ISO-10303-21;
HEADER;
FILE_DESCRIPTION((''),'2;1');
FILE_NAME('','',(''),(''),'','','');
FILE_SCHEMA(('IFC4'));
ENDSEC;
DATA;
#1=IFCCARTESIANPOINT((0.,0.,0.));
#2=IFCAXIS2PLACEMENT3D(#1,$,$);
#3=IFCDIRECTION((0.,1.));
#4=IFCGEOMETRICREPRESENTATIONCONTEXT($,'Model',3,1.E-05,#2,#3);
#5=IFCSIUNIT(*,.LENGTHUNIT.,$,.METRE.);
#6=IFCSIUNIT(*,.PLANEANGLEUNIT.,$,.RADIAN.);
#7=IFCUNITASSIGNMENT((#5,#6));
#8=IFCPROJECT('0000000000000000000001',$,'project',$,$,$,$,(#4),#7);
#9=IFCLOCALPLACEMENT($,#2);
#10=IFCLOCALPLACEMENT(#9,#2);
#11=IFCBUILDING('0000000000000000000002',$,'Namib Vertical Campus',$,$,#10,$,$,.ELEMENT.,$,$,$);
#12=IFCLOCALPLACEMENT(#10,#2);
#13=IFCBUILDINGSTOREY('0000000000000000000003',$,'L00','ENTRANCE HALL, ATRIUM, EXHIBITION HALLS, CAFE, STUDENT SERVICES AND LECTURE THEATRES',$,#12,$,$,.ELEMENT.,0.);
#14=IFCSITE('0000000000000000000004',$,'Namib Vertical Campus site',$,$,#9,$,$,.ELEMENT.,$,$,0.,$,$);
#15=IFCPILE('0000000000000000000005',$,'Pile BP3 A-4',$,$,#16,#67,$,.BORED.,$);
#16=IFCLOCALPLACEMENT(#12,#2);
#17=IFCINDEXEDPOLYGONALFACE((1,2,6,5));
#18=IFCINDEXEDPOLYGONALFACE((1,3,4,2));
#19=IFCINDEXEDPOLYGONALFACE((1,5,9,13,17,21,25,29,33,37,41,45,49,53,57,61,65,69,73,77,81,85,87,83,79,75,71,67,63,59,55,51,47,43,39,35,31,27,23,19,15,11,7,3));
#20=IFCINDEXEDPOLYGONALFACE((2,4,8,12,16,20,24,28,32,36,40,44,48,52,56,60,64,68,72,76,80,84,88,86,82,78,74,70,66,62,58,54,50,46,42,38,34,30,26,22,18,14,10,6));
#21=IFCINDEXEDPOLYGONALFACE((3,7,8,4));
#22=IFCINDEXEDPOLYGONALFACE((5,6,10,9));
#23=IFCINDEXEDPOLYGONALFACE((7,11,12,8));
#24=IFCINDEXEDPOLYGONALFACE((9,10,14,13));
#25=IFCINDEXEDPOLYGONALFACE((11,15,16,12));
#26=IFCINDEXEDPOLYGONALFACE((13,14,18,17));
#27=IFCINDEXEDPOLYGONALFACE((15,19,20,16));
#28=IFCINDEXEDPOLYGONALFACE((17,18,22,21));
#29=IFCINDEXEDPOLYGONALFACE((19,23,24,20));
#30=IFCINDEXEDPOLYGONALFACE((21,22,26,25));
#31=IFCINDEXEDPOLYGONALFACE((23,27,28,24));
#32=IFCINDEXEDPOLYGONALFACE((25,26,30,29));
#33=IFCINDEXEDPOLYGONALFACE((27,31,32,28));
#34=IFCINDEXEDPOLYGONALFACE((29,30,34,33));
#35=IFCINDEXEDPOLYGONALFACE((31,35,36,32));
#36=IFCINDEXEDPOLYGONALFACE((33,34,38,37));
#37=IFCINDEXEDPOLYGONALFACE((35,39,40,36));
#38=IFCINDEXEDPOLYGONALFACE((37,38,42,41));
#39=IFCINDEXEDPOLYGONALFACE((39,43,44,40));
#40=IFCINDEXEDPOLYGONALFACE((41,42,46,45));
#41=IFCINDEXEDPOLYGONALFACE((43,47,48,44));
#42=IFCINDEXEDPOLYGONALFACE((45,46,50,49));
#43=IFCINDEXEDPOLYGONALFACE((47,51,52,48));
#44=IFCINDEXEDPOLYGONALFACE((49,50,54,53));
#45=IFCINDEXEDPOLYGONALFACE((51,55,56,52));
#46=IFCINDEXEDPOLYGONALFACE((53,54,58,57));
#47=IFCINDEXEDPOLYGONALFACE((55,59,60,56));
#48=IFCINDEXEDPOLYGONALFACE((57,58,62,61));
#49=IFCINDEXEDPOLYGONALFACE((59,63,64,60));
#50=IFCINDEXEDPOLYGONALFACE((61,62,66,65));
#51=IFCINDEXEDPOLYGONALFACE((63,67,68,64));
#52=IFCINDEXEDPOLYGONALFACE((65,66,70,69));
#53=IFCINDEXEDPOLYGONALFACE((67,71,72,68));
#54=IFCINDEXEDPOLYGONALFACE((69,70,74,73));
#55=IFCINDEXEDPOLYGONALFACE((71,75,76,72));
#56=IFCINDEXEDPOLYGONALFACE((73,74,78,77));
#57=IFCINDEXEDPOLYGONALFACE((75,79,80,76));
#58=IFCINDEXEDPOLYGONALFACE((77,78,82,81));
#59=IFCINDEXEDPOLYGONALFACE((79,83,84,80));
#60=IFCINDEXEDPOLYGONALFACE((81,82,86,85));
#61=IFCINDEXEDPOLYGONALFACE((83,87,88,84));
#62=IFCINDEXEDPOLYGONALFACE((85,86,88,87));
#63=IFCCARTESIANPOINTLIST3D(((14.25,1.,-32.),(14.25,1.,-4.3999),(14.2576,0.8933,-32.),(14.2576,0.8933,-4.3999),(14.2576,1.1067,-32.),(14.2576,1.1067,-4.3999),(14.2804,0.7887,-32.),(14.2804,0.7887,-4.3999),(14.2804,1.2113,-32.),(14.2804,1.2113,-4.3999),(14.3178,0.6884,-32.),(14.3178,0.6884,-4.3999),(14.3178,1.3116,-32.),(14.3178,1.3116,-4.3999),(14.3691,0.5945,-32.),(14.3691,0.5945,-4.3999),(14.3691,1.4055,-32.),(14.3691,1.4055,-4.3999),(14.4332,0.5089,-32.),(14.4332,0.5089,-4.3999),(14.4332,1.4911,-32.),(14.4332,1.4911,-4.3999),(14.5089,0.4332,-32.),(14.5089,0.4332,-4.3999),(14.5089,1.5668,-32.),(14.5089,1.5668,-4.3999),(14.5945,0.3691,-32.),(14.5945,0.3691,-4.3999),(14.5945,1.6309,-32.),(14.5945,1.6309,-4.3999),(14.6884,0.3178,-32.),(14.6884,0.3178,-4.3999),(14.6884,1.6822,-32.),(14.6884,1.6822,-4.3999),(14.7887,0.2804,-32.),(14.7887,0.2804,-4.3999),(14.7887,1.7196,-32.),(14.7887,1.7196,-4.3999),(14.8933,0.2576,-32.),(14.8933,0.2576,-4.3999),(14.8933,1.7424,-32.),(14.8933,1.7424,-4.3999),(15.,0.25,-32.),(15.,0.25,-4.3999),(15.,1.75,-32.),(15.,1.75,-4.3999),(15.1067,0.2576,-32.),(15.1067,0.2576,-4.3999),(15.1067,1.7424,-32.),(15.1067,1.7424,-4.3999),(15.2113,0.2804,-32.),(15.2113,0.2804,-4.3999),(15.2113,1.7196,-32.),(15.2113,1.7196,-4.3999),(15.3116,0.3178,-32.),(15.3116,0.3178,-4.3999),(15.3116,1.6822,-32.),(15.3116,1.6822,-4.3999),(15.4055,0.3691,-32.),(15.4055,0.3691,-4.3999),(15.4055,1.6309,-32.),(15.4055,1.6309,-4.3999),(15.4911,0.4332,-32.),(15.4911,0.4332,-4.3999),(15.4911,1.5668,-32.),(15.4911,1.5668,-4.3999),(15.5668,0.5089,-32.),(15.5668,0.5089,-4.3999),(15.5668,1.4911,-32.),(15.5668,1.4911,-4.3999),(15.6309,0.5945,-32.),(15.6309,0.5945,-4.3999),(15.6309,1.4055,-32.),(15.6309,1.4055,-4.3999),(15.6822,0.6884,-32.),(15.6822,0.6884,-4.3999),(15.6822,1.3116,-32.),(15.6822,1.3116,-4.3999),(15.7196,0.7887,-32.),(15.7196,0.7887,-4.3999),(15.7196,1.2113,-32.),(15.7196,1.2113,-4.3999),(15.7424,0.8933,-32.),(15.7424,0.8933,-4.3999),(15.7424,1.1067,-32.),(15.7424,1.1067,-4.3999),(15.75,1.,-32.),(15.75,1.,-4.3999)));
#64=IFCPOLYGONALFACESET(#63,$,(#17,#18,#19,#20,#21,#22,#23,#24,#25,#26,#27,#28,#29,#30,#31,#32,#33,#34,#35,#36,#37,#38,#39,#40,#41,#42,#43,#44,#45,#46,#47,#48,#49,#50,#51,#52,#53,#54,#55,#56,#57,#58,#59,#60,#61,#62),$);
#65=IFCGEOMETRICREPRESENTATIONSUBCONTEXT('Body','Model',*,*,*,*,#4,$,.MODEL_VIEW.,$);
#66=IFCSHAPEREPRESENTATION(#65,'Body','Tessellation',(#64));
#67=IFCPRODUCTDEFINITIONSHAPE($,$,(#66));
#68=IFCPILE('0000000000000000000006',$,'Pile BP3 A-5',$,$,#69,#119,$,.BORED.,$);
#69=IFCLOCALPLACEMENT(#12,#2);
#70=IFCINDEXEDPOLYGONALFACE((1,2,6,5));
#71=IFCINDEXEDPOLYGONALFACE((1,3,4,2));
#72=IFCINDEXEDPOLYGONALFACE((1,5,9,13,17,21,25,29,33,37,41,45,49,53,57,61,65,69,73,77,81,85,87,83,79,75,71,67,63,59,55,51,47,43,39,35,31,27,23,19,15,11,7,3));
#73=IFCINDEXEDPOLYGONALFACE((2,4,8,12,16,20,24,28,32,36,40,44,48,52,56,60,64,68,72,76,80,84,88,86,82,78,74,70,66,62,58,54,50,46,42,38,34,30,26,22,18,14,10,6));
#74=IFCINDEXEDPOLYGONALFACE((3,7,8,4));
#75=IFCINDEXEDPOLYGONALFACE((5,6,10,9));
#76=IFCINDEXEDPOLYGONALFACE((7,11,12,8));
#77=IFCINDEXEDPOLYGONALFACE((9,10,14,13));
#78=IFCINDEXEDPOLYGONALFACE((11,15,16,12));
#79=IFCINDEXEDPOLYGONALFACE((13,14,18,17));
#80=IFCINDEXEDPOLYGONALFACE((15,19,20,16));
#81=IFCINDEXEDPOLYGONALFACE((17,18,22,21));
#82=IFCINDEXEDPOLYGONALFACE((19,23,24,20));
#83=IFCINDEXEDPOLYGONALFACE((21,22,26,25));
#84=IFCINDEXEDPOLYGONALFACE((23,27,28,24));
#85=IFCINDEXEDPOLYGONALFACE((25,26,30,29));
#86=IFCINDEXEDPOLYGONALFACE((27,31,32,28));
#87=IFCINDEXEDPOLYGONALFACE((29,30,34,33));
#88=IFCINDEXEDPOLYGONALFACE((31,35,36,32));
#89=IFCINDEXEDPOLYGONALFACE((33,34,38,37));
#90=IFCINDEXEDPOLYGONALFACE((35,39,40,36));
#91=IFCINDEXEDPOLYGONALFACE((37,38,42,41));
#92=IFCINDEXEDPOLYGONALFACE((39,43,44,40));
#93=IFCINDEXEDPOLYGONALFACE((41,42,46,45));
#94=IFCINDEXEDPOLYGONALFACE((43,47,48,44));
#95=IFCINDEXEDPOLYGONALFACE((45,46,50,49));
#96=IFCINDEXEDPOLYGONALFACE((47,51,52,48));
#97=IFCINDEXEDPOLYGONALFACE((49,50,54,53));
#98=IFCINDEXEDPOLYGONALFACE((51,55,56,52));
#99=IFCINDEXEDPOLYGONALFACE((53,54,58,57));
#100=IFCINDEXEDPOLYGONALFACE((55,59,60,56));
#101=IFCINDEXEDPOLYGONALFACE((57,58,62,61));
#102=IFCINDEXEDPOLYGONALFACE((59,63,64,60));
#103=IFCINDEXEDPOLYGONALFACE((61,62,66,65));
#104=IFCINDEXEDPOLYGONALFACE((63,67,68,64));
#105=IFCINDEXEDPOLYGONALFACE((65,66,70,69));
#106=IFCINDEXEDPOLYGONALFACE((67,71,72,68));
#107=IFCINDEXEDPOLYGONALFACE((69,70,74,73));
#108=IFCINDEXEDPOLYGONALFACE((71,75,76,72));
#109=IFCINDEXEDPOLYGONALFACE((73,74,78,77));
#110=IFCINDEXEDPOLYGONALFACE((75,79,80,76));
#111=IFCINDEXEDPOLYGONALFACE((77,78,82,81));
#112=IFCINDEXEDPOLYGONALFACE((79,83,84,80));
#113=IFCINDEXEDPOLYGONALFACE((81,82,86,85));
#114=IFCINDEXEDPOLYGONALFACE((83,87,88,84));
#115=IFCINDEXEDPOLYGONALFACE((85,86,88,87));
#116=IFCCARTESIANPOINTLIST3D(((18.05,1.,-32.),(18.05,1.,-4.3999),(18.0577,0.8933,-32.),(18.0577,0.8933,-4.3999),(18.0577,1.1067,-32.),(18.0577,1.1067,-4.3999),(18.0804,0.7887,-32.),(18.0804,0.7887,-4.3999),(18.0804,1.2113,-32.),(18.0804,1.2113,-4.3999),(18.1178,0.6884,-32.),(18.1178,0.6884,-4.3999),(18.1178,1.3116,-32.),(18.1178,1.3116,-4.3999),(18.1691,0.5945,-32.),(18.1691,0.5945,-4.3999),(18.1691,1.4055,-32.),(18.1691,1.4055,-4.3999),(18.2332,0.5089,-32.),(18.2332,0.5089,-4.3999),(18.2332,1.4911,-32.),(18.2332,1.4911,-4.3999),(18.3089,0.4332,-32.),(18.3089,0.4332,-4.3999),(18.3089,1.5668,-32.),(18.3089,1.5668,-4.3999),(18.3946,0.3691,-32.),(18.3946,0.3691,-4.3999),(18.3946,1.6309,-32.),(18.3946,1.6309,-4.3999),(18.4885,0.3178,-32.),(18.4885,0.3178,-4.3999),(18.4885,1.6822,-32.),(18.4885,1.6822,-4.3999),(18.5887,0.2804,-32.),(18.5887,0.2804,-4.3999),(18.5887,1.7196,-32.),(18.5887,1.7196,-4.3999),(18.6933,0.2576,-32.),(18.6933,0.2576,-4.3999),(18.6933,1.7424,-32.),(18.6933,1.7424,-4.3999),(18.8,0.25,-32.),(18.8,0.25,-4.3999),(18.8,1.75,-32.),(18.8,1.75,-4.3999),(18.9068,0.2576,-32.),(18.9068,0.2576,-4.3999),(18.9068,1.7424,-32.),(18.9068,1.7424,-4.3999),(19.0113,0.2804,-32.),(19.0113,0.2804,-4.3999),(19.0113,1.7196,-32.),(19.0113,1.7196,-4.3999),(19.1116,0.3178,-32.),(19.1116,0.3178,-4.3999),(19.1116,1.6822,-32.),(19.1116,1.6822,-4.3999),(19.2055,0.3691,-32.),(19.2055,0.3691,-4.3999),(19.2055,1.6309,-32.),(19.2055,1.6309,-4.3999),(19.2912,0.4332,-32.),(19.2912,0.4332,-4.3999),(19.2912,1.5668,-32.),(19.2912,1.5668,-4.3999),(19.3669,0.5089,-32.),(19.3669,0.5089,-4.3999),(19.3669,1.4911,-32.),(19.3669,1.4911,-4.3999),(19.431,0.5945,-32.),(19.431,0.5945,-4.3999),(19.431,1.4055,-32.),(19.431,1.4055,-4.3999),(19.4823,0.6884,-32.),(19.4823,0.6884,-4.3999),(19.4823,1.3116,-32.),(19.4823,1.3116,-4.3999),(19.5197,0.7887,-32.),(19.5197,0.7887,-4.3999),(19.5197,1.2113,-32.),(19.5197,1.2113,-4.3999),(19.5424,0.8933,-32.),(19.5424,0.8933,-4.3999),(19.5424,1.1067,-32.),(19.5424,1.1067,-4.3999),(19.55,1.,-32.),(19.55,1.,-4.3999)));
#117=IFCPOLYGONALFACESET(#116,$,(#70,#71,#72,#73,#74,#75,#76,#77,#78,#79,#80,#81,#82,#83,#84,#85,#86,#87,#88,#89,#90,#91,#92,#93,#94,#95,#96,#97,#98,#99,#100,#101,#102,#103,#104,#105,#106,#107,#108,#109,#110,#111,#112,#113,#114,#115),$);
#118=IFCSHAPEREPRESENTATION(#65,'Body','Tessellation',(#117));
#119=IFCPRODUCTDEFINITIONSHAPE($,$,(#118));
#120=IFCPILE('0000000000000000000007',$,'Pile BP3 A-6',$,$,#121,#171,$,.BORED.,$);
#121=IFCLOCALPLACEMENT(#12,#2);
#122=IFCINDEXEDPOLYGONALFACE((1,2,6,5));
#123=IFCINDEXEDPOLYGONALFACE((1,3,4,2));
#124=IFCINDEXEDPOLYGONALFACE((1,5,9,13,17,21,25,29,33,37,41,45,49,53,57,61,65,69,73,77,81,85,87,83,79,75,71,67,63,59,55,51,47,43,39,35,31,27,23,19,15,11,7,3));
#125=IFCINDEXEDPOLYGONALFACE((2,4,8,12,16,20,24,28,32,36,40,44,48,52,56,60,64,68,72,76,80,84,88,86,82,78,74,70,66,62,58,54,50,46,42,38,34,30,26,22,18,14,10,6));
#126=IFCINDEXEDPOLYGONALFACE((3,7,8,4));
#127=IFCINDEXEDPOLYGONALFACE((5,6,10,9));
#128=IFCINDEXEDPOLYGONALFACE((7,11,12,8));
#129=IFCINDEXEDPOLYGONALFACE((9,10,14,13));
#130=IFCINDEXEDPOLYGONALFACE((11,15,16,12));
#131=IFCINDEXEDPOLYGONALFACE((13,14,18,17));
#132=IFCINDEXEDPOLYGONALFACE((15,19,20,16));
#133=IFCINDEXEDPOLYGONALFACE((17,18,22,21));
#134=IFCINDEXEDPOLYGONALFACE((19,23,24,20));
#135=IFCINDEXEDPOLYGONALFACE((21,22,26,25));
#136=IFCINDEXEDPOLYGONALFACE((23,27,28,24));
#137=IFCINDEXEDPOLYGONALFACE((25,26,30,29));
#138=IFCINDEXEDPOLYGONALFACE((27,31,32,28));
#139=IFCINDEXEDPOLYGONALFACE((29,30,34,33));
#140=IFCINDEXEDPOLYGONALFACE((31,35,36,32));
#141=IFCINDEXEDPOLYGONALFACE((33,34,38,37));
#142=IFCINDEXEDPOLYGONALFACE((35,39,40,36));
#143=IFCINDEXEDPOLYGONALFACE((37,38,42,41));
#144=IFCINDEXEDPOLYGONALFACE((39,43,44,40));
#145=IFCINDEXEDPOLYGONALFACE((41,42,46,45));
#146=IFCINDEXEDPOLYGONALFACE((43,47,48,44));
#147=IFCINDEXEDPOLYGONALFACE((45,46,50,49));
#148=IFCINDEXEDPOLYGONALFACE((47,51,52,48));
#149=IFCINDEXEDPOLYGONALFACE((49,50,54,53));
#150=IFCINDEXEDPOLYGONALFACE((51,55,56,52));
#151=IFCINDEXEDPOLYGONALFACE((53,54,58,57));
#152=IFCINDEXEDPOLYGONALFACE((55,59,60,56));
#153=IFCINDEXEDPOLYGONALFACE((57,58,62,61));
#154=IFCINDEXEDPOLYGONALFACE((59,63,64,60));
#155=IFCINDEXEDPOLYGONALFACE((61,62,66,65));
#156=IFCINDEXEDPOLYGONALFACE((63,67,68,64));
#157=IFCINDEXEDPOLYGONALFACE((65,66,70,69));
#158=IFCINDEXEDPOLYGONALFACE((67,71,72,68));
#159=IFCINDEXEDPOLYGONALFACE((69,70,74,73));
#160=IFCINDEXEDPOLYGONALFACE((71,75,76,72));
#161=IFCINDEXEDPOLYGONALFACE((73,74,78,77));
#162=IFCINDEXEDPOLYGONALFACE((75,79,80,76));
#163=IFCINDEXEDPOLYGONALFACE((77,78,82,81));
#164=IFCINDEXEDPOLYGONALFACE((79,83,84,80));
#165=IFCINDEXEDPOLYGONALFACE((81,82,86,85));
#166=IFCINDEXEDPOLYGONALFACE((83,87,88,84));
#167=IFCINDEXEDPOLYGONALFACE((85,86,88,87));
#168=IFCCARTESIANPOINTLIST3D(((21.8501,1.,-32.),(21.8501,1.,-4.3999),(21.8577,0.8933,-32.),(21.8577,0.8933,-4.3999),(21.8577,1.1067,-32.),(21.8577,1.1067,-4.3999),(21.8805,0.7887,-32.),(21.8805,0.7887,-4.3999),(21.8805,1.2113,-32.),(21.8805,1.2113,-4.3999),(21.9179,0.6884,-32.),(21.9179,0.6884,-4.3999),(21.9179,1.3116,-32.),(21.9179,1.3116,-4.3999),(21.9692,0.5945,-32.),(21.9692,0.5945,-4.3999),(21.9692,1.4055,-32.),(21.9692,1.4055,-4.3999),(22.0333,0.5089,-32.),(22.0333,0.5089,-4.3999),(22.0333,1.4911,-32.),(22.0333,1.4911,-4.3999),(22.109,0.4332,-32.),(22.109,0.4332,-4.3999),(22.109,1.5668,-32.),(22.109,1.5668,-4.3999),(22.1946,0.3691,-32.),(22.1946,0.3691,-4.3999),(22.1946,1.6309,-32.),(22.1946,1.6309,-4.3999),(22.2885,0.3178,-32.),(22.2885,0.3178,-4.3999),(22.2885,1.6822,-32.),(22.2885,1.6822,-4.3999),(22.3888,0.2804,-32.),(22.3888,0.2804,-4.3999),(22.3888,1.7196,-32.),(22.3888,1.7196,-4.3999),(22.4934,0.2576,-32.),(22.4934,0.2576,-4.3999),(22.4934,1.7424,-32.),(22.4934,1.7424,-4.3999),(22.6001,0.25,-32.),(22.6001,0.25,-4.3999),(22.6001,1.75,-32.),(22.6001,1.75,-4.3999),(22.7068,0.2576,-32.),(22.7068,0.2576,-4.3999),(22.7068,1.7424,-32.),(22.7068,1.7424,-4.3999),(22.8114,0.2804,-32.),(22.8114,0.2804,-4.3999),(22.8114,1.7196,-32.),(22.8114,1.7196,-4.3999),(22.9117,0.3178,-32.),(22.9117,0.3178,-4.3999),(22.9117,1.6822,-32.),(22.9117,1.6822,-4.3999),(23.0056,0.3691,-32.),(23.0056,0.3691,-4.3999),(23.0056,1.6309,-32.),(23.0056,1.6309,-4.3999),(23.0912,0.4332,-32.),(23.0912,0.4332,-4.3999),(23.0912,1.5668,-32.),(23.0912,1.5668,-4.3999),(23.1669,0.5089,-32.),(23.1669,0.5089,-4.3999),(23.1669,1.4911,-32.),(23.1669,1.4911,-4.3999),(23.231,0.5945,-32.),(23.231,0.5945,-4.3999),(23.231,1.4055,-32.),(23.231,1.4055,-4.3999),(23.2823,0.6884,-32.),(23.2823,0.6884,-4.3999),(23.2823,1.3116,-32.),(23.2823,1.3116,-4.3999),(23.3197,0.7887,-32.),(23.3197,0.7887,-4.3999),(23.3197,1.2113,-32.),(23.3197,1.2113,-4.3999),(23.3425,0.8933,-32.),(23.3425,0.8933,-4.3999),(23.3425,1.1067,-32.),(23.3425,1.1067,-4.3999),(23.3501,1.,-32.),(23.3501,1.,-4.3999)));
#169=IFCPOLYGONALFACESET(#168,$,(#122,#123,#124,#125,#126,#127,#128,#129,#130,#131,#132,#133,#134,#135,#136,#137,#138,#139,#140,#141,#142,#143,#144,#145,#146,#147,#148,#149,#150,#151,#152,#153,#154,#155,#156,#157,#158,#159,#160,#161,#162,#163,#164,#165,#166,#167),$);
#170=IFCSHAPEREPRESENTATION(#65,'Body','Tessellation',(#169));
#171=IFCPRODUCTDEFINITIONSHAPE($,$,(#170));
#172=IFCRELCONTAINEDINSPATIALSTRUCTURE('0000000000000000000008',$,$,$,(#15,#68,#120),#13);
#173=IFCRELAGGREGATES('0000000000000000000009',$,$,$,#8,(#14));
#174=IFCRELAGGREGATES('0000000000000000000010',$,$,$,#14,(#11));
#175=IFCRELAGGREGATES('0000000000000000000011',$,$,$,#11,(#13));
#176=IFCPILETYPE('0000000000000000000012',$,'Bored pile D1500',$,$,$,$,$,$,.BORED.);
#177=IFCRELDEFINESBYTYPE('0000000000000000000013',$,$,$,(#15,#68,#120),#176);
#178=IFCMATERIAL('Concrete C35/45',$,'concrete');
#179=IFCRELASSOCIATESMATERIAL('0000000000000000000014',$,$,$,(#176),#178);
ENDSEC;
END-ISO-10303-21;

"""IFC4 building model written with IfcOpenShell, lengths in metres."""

from ifc_helpers import new_model, si_unit, direction, frame, origin, origin_2d, place, context, subcontext, project, spatial, circle, extrude, material, material_profile, profile_set, type_object, element, save


model = new_model("IFC4")

# Units and contexts
model_context = context("Model", 3, precision=1e-05, world=origin(), true_north=direction((0.0, 1.0)))
body_context = subcontext(model_context, "Body", "Model", "MODEL_VIEW")
ifc_project = project(units=[si_unit("LENGTHUNIT", "METRE"), si_unit("PLANEANGLEUNIT", "RADIAN")], contexts=[model_context])

# Site, building, storey
site_placement = place(None, origin())
site = spatial("IfcSite", under=ifc_project, at=site_placement, Name="Namib Vertical Campus site", CompositionType="ELEMENT", RefElevation=0.0)
building_placement = place(site_placement, origin())
building = spatial("IfcBuilding", under=site, at=building_placement, Name="Namib Vertical Campus", CompositionType="ELEMENT")
storey_placement = place(building_placement, origin())
storey = spatial("IfcBuildingStorey", under=building, at=storey_placement, Name="L00", Description="ENTRANCE HALL, ATRIUM, EXHIBITION HALLS, CAFE, STUDENT SERVICES AND LECTURE THEATRES", CompositionType="ELEMENT", Elevation=0.0)

# Piles
ifc_material_1 = material(Name="Concrete C35/45", Category="concrete")
ifc_material_profile_1 = material_profile(ifc_material_1, circle(Radius=0.75, at=origin_2d()))
ifc_profile_set_1 = profile_set([ifc_material_profile_1], Name="Concrete C35/45")
pile_type = type_object("IfcPileType", Name="Bored pile D1500", PredefinedType="BORED", material=ifc_profile_set_1)
for number, where, z_axis, x_axis, name in (
    (1, (15.0, 1.0, -4.3999), (0.0, 0.0, -1.0), (1.0, 0.0, 0.0), "Pile BP3 A-4"),
    (2, (18.8, 1.0, -4.3999), (0.0, 0.0, -1.0), (1.0, 0.0, 0.0), "Pile BP3 A-5"),
    (3, (22.6001, 1.0, -4.3999), (0.0, 0.0, -1.0), (1.0, 0.0, 0.0), "Pile BP3 A-6"),
):
    element("IfcPile", number, at=place(storey_placement, frame(where, z_axis=z_axis, x_axis=x_axis)), inside=storey, type_object=pile_type, Name=name, PredefinedType="BORED", context=body_context, shape_type="SweptSolid", body=[
        extrude(circle(Radius=0.75, at=origin_2d()), origin(), (0.0, 0.0, 1.0), 27.6001),
    ])

save(model, "model.ifc")
